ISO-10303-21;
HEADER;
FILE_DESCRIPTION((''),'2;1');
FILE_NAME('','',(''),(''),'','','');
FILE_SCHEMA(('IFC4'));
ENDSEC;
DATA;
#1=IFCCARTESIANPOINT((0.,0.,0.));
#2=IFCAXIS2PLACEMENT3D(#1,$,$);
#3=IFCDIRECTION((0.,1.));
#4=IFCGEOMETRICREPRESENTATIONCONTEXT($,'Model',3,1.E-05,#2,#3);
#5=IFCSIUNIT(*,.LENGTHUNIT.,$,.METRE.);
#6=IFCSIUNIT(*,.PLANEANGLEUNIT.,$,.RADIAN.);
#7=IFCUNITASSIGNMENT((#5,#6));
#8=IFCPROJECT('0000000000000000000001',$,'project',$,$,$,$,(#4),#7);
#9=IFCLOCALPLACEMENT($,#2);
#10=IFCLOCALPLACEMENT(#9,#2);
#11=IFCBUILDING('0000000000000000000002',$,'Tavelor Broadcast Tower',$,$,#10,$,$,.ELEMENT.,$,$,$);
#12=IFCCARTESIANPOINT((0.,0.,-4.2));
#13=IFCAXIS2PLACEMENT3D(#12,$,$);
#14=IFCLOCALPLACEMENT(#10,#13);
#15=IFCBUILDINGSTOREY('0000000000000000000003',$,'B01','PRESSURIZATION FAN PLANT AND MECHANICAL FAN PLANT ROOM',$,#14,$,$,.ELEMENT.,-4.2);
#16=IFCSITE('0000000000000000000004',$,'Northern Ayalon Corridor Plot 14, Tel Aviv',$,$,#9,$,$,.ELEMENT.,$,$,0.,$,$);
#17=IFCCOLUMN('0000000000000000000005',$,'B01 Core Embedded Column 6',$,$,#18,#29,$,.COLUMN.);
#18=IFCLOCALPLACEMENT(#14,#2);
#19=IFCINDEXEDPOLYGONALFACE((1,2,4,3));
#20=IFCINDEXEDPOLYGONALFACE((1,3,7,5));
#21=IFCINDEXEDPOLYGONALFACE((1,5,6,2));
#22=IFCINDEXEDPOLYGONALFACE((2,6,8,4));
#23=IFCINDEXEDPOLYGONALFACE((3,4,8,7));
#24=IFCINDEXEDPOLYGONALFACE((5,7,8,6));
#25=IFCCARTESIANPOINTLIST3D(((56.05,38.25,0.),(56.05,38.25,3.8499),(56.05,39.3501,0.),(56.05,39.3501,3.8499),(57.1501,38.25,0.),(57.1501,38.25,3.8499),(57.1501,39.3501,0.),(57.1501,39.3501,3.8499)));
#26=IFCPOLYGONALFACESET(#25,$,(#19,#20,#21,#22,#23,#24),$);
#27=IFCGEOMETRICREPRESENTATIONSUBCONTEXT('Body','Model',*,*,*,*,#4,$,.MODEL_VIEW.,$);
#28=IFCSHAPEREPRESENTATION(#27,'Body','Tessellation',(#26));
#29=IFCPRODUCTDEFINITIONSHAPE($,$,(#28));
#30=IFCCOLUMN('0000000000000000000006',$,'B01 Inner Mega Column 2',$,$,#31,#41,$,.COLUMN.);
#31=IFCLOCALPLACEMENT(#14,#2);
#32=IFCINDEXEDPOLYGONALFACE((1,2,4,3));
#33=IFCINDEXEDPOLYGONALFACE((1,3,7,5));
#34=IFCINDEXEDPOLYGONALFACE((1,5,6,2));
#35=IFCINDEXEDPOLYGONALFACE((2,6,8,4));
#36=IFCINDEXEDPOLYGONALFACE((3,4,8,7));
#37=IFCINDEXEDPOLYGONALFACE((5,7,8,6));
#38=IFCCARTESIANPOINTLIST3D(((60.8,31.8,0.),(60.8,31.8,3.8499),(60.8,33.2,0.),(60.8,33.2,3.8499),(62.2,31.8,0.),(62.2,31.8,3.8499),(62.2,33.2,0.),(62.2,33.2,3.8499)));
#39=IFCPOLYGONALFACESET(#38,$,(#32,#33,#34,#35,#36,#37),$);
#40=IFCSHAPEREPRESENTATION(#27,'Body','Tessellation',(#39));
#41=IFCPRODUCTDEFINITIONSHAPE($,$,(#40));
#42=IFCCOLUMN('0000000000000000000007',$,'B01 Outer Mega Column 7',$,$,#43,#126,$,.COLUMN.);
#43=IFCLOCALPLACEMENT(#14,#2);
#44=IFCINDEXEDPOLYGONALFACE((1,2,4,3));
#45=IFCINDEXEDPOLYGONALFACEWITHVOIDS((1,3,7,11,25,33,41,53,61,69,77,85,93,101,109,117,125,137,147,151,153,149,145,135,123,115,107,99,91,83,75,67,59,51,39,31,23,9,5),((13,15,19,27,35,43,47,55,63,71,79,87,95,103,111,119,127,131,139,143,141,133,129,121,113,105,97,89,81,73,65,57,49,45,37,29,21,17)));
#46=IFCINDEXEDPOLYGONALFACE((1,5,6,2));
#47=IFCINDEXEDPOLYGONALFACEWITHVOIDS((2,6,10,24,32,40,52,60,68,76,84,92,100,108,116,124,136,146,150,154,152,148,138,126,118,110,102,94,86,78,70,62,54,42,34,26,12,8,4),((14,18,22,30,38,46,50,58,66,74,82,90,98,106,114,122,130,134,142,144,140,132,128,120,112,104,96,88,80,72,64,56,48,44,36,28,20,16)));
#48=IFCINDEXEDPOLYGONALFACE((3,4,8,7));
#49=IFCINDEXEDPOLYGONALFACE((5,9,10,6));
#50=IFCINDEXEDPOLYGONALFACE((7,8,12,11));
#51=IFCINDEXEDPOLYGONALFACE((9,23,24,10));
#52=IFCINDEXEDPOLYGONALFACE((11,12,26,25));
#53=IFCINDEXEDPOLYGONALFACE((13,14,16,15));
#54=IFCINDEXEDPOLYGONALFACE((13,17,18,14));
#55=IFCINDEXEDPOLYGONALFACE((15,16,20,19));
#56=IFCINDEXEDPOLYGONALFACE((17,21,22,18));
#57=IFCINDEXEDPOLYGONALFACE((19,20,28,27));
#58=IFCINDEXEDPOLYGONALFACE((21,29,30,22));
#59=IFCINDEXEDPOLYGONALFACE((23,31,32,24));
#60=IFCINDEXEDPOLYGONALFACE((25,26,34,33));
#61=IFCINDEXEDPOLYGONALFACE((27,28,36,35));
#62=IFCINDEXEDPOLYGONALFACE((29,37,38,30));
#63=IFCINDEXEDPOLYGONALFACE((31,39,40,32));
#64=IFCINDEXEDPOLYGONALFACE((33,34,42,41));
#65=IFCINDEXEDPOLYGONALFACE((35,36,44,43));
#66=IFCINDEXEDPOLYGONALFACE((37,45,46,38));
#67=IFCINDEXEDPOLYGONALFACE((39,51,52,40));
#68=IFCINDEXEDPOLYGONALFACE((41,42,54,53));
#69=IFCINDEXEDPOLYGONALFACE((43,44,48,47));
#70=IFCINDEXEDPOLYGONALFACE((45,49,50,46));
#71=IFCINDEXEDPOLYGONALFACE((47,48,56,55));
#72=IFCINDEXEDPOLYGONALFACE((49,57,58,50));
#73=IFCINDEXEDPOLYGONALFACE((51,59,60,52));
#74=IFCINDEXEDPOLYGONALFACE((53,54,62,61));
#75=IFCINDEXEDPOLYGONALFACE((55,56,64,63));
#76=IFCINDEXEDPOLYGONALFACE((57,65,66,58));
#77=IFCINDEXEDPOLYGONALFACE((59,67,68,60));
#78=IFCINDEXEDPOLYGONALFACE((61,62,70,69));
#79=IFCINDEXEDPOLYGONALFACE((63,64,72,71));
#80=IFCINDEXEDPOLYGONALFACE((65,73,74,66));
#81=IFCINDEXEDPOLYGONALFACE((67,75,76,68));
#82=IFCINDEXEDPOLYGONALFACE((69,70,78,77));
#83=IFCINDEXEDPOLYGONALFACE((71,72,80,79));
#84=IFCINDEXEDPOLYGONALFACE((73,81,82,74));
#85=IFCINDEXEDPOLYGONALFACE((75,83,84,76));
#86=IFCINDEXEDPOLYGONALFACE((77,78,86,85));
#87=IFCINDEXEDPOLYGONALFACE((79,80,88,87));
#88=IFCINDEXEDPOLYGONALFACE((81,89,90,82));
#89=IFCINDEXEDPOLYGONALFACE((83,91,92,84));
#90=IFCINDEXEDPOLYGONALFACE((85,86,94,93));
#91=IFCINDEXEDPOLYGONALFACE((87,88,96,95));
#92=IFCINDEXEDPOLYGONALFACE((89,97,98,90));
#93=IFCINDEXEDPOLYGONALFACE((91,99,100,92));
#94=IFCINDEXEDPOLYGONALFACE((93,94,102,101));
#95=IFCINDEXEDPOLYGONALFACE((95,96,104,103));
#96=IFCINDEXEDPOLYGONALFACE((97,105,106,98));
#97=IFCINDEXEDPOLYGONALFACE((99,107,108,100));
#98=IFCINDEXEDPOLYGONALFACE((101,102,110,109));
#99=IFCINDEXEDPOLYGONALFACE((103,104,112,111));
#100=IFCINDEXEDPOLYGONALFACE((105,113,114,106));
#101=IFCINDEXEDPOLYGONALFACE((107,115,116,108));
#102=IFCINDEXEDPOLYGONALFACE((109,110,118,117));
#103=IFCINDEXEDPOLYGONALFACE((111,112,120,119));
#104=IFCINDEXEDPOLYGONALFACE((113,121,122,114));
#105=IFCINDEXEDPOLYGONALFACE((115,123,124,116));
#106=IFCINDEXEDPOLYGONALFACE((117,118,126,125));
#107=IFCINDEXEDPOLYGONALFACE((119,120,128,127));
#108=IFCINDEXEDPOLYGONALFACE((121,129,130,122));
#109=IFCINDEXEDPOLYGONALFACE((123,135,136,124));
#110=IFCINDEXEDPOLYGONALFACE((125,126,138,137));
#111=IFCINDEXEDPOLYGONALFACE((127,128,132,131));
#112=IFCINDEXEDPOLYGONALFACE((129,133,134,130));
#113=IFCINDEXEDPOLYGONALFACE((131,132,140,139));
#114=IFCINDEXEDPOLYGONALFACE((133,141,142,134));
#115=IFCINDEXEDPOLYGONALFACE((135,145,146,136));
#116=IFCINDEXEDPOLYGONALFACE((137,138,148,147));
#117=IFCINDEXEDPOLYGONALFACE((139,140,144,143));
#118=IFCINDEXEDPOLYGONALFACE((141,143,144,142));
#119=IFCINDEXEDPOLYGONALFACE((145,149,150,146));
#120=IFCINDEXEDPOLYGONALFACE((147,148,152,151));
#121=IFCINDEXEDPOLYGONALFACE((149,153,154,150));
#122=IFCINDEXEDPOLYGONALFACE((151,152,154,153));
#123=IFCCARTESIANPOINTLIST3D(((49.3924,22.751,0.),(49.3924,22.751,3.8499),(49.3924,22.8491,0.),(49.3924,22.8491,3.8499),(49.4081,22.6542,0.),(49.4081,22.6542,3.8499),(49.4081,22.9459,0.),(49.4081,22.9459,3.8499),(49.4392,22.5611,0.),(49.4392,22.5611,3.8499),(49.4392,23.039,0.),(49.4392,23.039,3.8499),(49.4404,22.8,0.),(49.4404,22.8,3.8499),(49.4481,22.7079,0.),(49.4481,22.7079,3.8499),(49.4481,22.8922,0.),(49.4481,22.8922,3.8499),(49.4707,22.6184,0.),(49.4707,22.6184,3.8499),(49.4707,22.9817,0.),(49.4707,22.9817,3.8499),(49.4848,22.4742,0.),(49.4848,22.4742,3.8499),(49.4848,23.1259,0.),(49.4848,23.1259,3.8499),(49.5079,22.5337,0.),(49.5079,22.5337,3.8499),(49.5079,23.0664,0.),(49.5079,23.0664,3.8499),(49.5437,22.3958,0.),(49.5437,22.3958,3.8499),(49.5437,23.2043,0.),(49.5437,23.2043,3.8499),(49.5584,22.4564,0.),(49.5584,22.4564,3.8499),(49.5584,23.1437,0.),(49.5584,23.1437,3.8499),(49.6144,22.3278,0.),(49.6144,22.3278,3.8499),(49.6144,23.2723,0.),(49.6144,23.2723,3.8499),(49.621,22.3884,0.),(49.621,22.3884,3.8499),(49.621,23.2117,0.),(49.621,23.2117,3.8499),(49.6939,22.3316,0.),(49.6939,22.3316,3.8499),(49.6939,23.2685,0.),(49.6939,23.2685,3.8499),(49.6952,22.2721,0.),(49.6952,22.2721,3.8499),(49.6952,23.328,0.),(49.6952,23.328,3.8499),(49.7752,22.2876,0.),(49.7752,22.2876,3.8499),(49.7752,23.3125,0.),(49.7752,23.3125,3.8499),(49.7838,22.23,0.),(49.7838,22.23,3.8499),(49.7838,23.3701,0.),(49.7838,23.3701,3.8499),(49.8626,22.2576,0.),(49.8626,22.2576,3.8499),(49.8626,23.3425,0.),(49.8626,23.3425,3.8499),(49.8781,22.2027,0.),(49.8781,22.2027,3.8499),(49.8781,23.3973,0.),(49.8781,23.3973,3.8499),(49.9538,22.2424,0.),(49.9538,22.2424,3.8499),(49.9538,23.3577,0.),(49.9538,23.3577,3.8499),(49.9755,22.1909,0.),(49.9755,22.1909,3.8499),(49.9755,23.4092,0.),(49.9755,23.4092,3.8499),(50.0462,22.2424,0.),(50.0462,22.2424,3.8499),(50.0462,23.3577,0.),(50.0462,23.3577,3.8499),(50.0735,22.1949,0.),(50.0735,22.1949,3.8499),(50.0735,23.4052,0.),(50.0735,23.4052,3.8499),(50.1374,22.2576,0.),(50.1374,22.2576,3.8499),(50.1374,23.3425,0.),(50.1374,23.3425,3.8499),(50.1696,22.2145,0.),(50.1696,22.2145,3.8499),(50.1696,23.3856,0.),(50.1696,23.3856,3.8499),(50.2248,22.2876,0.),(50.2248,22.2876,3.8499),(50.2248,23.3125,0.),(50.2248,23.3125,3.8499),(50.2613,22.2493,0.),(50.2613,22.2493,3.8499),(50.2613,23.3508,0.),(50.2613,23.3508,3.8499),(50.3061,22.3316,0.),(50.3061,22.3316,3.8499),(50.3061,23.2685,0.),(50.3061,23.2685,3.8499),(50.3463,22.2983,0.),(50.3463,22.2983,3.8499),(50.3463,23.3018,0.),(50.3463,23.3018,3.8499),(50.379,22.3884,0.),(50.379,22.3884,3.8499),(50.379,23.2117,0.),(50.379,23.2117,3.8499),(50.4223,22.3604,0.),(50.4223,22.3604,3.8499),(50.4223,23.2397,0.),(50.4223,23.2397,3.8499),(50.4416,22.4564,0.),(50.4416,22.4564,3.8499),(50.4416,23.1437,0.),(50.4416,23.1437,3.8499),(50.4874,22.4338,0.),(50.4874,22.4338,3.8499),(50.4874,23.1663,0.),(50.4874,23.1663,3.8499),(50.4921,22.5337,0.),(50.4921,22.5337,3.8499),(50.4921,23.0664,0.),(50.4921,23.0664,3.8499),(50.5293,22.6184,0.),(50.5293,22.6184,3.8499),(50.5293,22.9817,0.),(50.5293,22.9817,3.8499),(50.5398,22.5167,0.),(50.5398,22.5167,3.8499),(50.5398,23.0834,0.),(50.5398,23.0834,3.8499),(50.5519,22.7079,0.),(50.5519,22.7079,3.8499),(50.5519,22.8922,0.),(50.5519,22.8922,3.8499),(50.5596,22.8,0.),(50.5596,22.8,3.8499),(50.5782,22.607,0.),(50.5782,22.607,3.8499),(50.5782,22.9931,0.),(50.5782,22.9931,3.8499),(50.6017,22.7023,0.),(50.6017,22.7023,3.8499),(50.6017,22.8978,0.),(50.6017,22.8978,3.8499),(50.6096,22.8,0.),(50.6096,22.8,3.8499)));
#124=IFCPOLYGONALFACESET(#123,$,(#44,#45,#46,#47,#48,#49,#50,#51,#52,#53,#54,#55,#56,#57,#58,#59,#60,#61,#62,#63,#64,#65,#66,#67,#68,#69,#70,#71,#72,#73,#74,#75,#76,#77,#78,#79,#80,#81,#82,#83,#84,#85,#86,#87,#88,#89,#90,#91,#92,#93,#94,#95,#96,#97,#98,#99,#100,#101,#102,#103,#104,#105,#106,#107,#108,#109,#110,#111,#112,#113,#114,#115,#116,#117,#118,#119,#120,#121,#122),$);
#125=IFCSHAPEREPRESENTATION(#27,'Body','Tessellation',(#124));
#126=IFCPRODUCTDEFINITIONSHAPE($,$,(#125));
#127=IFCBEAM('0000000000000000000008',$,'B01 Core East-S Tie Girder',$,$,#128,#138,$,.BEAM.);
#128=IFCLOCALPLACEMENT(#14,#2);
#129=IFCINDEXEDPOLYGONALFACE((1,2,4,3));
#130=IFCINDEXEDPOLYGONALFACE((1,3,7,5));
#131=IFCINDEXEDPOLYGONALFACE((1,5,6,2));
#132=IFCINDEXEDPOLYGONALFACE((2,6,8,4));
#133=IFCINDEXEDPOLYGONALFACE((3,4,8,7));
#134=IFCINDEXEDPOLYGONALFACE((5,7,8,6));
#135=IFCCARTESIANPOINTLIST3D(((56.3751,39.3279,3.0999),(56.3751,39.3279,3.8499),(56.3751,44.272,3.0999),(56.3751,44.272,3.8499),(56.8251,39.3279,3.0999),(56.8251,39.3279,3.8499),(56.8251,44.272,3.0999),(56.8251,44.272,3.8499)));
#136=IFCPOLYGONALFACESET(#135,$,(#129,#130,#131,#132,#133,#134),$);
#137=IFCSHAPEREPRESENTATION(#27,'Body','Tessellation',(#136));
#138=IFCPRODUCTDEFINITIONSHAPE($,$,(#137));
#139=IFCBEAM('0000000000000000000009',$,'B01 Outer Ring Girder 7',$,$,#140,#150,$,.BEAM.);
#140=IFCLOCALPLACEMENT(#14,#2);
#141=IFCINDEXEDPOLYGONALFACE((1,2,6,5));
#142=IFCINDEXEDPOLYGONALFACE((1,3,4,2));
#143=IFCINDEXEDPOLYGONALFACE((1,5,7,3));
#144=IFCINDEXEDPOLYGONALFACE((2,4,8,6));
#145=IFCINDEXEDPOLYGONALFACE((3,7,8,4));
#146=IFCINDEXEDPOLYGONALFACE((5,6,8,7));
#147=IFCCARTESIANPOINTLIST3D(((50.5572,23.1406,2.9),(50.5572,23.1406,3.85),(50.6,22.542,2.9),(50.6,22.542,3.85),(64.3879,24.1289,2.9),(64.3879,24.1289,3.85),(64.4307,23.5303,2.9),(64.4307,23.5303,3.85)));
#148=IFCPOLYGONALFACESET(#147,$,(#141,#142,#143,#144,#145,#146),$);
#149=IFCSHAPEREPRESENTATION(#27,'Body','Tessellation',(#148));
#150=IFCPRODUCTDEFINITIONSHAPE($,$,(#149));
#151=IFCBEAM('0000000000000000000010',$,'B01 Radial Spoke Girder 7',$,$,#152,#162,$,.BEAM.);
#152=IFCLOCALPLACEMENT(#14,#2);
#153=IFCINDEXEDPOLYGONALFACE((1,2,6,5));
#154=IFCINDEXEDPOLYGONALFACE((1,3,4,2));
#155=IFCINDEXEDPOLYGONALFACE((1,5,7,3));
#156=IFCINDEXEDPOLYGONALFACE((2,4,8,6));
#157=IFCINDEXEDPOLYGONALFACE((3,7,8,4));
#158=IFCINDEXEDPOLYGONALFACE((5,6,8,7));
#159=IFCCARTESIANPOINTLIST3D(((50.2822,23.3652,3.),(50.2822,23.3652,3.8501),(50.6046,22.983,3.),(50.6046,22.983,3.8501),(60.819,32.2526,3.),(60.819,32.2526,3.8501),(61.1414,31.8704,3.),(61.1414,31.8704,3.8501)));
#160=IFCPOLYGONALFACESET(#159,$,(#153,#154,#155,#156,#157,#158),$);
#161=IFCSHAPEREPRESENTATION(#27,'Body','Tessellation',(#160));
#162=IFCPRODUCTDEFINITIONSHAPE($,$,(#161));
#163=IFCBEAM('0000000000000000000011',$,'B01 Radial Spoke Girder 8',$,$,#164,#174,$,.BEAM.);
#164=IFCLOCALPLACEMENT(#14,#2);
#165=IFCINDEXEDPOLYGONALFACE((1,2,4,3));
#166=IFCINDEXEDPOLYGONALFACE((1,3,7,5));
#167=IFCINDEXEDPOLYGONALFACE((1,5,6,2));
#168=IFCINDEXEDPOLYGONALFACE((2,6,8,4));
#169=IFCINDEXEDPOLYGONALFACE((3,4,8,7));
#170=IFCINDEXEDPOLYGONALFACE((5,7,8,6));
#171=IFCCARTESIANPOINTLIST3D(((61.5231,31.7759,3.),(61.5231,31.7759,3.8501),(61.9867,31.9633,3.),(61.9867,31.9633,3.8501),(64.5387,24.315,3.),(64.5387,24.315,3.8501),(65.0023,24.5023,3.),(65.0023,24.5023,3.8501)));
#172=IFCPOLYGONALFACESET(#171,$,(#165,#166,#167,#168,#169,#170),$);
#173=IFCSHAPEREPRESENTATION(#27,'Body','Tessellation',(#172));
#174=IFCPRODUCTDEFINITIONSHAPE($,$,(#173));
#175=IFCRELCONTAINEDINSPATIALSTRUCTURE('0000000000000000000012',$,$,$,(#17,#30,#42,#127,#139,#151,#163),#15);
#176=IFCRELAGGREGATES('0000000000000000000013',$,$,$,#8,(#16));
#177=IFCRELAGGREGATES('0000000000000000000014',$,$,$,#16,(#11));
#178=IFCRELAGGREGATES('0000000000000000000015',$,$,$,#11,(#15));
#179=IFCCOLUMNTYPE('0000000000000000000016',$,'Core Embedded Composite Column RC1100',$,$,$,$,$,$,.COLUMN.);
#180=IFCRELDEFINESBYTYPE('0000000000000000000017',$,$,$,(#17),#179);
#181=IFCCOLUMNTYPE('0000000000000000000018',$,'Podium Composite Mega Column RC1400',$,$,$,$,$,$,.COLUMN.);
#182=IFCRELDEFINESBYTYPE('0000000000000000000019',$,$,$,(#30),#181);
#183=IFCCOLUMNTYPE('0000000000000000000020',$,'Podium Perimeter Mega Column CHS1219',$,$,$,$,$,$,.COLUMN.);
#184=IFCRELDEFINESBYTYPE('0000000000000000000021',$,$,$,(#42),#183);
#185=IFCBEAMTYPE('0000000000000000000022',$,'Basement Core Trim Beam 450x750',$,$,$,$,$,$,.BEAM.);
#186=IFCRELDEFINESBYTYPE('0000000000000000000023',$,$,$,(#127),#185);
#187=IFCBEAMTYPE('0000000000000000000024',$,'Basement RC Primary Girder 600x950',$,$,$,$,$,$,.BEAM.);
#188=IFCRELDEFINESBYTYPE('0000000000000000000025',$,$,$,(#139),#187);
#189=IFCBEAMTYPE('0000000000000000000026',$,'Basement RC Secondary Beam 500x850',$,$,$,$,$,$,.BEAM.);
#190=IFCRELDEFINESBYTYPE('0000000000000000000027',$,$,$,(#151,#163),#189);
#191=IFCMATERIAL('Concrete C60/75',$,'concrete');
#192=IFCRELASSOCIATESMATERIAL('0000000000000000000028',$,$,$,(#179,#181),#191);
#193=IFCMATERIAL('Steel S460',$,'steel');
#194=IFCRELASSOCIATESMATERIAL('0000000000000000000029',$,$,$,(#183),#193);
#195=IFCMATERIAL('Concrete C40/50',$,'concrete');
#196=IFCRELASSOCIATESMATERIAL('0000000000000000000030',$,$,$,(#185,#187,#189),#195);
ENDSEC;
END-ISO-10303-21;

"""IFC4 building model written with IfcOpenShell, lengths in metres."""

from ifc_helpers import new_model, si_unit, direction, frame, origin, origin_2d, place, context, subcontext, project, spatial, rectangle, hollow_circle, extrude, material, material_profile, profile_set, type_object, element, save


model = new_model("IFC4")

# Units and contexts
model_context = context("Model", 3, precision=1e-05, world=origin(), true_north=direction((0.0, 1.0)))
body_context = subcontext(model_context, "Body", "Model", "MODEL_VIEW")
ifc_project = project(units=[si_unit("LENGTHUNIT", "METRE"), si_unit("PLANEANGLEUNIT", "RADIAN")], contexts=[model_context])

# Site, building, storey
site_placement = place(None, origin())
site = spatial("IfcSite", under=ifc_project, at=site_placement, Name="Northern Ayalon Corridor Plot 14, Tel Aviv", CompositionType="ELEMENT", RefElevation=0.0)
building_placement = place(site_placement, origin())
building = spatial("IfcBuilding", under=site, at=building_placement, Name="Tavelor Broadcast Tower", CompositionType="ELEMENT")
storey_placement = place(building_placement, frame((0.0, 0.0, -4.2)))
storey = spatial("IfcBuildingStorey", under=building, at=storey_placement, Name="B01", Description="PRESSURIZATION FAN PLANT AND MECHANICAL FAN PLANT ROOM", CompositionType="ELEMENT", Elevation=-4.2)

# Columns
ifc_material_1 = material(Name="Concrete C60/75", Category="concrete")
ifc_material_profile_1 = material_profile(ifc_material_1, rectangle(XDim=1.1001, YDim=1.1001, at=origin_2d()), Name="RC 1100x1100")
ifc_profile_set_1 = profile_set([ifc_material_profile_1], Name="Concrete C60/75")
column_type_1 = type_object("IfcColumnType", Name="Core Embedded Composite Column RC1100", PredefinedType="COLUMN", material=ifc_profile_set_1)
column_1_placement = place(storey_placement, frame((56.6001, 38.8, 0.0), z_axis=(0.0, 0.0, 1.0), x_axis=(1.0, 0.0, 0.0)))
element("IfcColumn", 1, at=column_1_placement, inside=storey, type_object=column_type_1, Name="B01 Core Embedded Column 6", PredefinedType="COLUMN", context=body_context, shape_type="SweptSolid", body=[
    extrude(rectangle(XDim=1.1001, YDim=1.1001, at=origin_2d()), origin(), (0.0, 0.0, 1.0), 3.8499),
])
ifc_material_profile_2 = material_profile(ifc_material_1, rectangle(XDim=1.3999, YDim=1.3999, at=origin_2d()), Name="RC 1400x1400")
ifc_profile_set_2 = profile_set([ifc_material_profile_2], Name="Concrete C60/75")
column_type_2 = type_object("IfcColumnType", Name="Podium Composite Mega Column RC1400", PredefinedType="COLUMN", material=ifc_profile_set_2)
column_2_placement = place(storey_placement, frame((61.5, 32.5, 0.0), z_axis=(0.0, 0.0, 1.0), x_axis=(1.0, 0.0, 0.0)))
element("IfcColumn", 2, at=column_2_placement, inside=storey, type_object=column_type_2, Name="B01 Inner Mega Column 2", PredefinedType="COLUMN", context=body_context, shape_type="SweptSolid", body=[
    extrude(rectangle(XDim=1.3999, YDim=1.3999, at=origin_2d()), origin(), (0.0, 0.0, 1.0), 3.8499),
])
ifc_material_2 = material(Name="Steel S460", Category="steel")
ifc_material_profile_3 = material_profile(ifc_material_2, hollow_circle(Radius=0.6096, WallThickness=0.05, at=origin_2d()), Name="CHS 1219x50")
ifc_profile_set_3 = profile_set([ifc_material_profile_3], Name="Steel S460")
column_type_3 = type_object("IfcColumnType", Name="Podium Perimeter Mega Column CHS1219", PredefinedType="COLUMN", material=ifc_profile_set_3)
column_3_placement = place(storey_placement, frame((50.0, 22.8, 0.0), z_axis=(0.0, 0.0, 1.0), x_axis=(1.0, 0.0, 0.0)))
element("IfcColumn", 3, at=column_3_placement, inside=storey, type_object=column_type_3, Name="B01 Outer Mega Column 7", PredefinedType="COLUMN", context=body_context, shape_type="SweptSolid", body=[
    extrude(hollow_circle(Radius=0.6096, WallThickness=0.05, at=origin_2d()), origin(), (0.0, 0.0, 1.0), 3.8499),
])

# Beams
ifc_material_3 = material(Name="Concrete C40/50", Category="concrete")
ifc_material_profile_4 = material_profile(ifc_material_3, rectangle(XDim=0.45, YDim=0.75, at=origin_2d()), Name="RC 450x750")
ifc_profile_set_4 = profile_set([ifc_material_profile_4], Name="Concrete C40/50")
beam_type_1 = type_object("IfcBeamType", Name="Basement Core Trim Beam 450x750", PredefinedType="BEAM", material=ifc_profile_set_4)
beam_1_placement = place(storey_placement, frame((56.6001, 39.3279, 3.4749), z_axis=(0.0, 1.0, 0.0), x_axis=(-1.0, 0.0, 0.0)))
element("IfcBeam", 4, at=beam_1_placement, inside=storey, type_object=beam_type_1, Name="B01 Core East-S Tie Girder", PredefinedType="BEAM", context=body_context, shape_type="SweptSolid", body=[
    extrude(rectangle(XDim=0.45, YDim=0.75, at=origin_2d()), origin(), (0.0, 0.0, 1.0), 4.9441),
])
ifc_material_profile_5 = material_profile(ifc_material_3, rectangle(XDim=0.6001, YDim=0.95, at=origin_2d()), Name="RC 600x950")
ifc_profile_set_5 = profile_set([ifc_material_profile_5], Name="Concrete C40/50")
beam_type_2 = type_object("IfcBeamType", Name="Basement RC Primary Girder 600x950", PredefinedType="BEAM", material=ifc_profile_set_5)
beam_2_placement = place(storey_placement, frame((50.5786, 22.8413, 3.375), z_axis=(0.997457, 0.071273, 0.0), x_axis=(-0.071273, 0.997457, 0.0)))
element("IfcBeam", 5, at=beam_2_placement, inside=storey, type_object=beam_type_2, Name="B01 Outer Ring Girder 7", PredefinedType="BEAM", context=body_context, shape_type="SweptSolid", body=[
    extrude(rectangle(XDim=0.6001, YDim=0.95, at=origin_2d()), origin(), (0.0, 0.0, 1.0), 13.866),
])
ifc_material_profile_6 = material_profile(ifc_material_3, rectangle(XDim=0.5, YDim=0.8501, at=origin_2d()), Name="RC 500x850")
ifc_profile_set_6 = profile_set([ifc_material_profile_6], Name="Concrete C40/50")
beam_type_3 = type_object("IfcBeamType", Name="Basement RC Secondary Beam 500x850", PredefinedType="BEAM", material=ifc_profile_set_6)
beam_3_placement = place(storey_placement, frame((60.9802, 32.0615, 3.425), z_axis=(-0.7644, -0.644743, 0.0), x_axis=(0.644743, -0.7644, 0.0)))
element("IfcBeam", 6, at=beam_3_placement, inside=storey, type_object=beam_type_3, Name="B01 Radial Spoke Girder 7", PredefinedType="BEAM", context=body_context, shape_type="SweptSolid", body=[
    extrude(rectangle(XDim=0.5, YDim=0.8501, at=origin_2d()), origin(), (0.0, 0.0, 1.0), 13.7844),
])
beam_4_placement = place(storey_placement, frame((61.7549, 31.8696, 3.425), z_axis=(0.374736, -0.927132, 0.0), x_axis=(0.927132, 0.374736, 0.0)))
element("IfcBeam", 7, at=beam_4_placement, inside=storey, type_object=beam_type_3, Name="B01 Radial Spoke Girder 8", PredefinedType="BEAM", context=body_context, shape_type="SweptSolid", body=[
    extrude(rectangle(XDim=0.5, YDim=0.8501, at=origin_2d()), origin(), (0.0, 0.0, 1.0), 8.0474),
])

save(model, "model.ifc")
